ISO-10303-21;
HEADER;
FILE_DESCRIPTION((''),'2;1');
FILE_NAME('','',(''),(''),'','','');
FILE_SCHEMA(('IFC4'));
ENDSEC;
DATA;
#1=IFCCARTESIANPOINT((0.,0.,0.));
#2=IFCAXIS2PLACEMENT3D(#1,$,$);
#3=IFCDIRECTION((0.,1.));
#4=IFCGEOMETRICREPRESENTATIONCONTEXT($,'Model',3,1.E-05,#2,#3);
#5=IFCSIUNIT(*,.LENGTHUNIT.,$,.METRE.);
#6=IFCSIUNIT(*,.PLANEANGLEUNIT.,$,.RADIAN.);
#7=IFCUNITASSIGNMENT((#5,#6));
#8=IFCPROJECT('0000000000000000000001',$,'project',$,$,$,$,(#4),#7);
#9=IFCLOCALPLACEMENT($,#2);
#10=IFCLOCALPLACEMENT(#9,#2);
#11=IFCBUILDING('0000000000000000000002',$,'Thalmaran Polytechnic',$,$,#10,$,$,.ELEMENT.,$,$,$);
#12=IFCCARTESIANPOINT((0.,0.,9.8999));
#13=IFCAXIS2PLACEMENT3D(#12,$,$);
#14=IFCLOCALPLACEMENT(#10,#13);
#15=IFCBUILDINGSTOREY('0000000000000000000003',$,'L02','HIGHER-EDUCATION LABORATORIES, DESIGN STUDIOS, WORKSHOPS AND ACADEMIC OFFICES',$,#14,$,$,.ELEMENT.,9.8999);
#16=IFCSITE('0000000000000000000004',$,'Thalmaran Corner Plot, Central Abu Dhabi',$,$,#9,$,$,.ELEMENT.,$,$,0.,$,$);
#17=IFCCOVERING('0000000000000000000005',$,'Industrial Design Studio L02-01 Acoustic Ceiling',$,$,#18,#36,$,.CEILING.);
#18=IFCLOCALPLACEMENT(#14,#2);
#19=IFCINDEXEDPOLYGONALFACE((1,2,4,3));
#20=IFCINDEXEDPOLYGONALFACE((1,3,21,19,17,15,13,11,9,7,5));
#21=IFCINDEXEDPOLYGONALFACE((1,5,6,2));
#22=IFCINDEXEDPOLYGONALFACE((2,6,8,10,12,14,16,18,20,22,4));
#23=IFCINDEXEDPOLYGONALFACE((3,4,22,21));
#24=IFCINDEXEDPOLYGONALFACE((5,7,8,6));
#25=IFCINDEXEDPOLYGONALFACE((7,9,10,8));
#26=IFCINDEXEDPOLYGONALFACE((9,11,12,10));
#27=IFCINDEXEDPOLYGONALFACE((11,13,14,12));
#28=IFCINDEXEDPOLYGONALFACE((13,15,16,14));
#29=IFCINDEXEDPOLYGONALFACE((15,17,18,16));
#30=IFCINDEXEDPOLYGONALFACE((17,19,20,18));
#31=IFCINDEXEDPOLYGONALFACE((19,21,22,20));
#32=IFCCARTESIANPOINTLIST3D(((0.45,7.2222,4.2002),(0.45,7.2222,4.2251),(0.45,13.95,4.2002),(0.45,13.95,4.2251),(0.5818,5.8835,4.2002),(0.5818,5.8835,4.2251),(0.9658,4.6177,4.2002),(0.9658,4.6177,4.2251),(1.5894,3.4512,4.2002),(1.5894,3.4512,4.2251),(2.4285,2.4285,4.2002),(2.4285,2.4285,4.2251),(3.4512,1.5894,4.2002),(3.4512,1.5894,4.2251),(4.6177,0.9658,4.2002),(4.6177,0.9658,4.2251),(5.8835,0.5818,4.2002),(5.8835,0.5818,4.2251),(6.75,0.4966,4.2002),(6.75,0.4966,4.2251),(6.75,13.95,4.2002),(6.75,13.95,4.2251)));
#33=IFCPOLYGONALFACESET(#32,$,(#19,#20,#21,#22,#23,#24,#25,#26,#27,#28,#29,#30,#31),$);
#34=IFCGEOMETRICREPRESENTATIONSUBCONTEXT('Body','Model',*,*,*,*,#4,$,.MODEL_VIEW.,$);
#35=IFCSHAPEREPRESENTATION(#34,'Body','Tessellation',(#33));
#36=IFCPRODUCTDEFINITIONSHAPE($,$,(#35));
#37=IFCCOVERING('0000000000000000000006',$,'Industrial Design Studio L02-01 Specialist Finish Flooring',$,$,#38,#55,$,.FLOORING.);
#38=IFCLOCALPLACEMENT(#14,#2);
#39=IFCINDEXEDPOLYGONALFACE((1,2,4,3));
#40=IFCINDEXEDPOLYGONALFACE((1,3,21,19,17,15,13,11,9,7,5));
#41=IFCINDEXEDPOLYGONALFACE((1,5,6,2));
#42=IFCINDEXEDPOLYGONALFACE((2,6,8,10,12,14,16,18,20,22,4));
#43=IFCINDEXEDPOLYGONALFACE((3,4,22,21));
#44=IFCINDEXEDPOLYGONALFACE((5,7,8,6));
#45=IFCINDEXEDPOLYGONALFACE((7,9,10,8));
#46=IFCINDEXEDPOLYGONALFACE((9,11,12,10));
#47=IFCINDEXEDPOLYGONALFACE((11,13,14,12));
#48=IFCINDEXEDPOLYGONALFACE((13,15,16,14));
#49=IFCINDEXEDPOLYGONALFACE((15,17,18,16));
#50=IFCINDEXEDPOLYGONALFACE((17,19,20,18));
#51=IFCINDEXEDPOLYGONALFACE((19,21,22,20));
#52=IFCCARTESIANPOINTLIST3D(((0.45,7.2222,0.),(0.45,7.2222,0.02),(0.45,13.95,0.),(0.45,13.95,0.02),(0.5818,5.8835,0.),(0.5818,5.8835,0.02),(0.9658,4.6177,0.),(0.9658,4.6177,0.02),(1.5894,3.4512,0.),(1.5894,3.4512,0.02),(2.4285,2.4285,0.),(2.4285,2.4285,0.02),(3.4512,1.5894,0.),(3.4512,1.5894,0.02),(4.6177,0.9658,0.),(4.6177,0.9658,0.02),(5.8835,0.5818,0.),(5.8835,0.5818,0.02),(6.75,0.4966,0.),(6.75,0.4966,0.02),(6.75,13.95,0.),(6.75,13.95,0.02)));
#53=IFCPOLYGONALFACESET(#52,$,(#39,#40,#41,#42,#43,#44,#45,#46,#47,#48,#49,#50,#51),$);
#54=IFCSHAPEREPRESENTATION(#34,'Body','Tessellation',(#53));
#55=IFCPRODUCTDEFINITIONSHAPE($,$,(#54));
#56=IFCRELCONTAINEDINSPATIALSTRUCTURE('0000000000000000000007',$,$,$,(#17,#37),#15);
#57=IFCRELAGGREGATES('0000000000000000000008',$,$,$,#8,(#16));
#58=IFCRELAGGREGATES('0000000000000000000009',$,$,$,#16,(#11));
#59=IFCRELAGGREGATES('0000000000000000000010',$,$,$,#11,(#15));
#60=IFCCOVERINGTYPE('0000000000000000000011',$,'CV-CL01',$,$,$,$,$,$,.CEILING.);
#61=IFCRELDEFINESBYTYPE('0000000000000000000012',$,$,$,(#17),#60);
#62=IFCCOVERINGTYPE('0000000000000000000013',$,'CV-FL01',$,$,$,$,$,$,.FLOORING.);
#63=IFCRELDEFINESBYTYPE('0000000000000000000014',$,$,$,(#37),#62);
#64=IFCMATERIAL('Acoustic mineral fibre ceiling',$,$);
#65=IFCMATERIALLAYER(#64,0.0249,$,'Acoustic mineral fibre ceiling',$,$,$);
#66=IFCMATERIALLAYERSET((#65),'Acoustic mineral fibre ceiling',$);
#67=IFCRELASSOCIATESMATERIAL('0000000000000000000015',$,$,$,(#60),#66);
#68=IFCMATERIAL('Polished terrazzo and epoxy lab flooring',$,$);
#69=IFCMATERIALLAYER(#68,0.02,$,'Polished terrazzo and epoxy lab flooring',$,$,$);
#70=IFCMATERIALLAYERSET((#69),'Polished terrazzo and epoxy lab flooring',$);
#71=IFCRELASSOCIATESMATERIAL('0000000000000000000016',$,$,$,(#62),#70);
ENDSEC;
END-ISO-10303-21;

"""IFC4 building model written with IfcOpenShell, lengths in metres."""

from ifc_helpers import new_model, si_unit, direction, frame, origin, place, context, subcontext, project, spatial, polyline, outline, extrude, material, layer, layer_set, type_object, element, save


model = new_model("IFC4")

# Units and contexts
model_context = context("Model", 3, precision=1e-05, world=origin(), true_north=direction((0.0, 1.0)))
body_context = subcontext(model_context, "Body", "Model", "MODEL_VIEW")
ifc_project = project(units=[si_unit("LENGTHUNIT", "METRE"), si_unit("PLANEANGLEUNIT", "RADIAN")], contexts=[model_context])

# Site, building, storey
site_placement = place(None, origin())
site = spatial("IfcSite", under=ifc_project, at=site_placement, Name="Thalmaran Corner Plot, Central Abu Dhabi", CompositionType="ELEMENT", RefElevation=0.0)
building_placement = place(site_placement, origin())
building = spatial("IfcBuilding", under=site, at=building_placement, Name="Thalmaran Polytechnic", CompositionType="ELEMENT")
storey_placement = place(building_placement, frame((0.0, 0.0, 9.8999)))
storey = spatial("IfcBuildingStorey", under=building, at=storey_placement, Name="L02", Description="HIGHER-EDUCATION LABORATORIES, DESIGN STUDIOS, WORKSHOPS AND ACADEMIC OFFICES", CompositionType="ELEMENT", Elevation=9.8999)

# Coverings
ifc_material_1 = material(Name="Acoustic mineral fibre ceiling")
ifc_layer_1 = layer(ifc_material_1, 0.0249, Name="Acoustic mineral fibre ceiling")
ifc_layer_set_1 = layer_set([ifc_layer_1], Name="Acoustic mineral fibre ceiling")
covering_type_1 = type_object("IfcCoveringType", Name="CV-CL01", PredefinedType="CEILING", material=ifc_layer_set_1)
covering_1_placement = place(storey_placement, frame((0.0, 0.0, 4.2002)))
element("IfcCovering", 1, at=covering_1_placement, inside=storey, type_object=covering_type_1, Name="Industrial Design Studio L02-01 Acoustic Ceiling", PredefinedType="CEILING", context=body_context, shape_type="SweptSolid", body=[
    extrude(outline(polyline([(6.75, 0.4966), (5.8835, 0.5818), (4.6177, 0.9658), (3.4512, 1.5894), (2.4285, 2.4285), (1.5894, 3.4512), (0.9658, 4.6177), (0.5818, 5.8835), (0.45, 7.2222), (0.45, 13.95), (6.75, 13.95), (6.75, 0.4966)])), origin(), (0.0, 0.0, 1.0), 0.0249),
])
ifc_material_2 = material(Name="Polished terrazzo and epoxy lab flooring")
ifc_layer_2 = layer(ifc_material_2, 0.02, Name="Polished terrazzo and epoxy lab flooring")
ifc_layer_set_2 = layer_set([ifc_layer_2], Name="Polished terrazzo and epoxy lab flooring")
covering_type_2 = type_object("IfcCoveringType", Name="CV-FL01", PredefinedType="FLOORING", material=ifc_layer_set_2)
covering_2_placement = place(storey_placement, origin())
element("IfcCovering", 2, at=covering_2_placement, inside=storey, type_object=covering_type_2, Name="Industrial Design Studio L02-01 Specialist Finish Flooring", PredefinedType="FLOORING", context=body_context, shape_type="SweptSolid", body=[
    extrude(outline(polyline([(6.75, 0.4966), (5.8835, 0.5818), (4.6177, 0.9658), (3.4512, 1.5894), (2.4285, 2.4285), (1.5894, 3.4512), (0.9658, 4.6177), (0.5818, 5.8835), (0.45, 7.2222), (0.45, 13.95), (6.75, 13.95), (6.75, 0.4966)])), origin(), (0.0, 0.0, 1.0), 0.02),
])

save(model, "model.ifc")
